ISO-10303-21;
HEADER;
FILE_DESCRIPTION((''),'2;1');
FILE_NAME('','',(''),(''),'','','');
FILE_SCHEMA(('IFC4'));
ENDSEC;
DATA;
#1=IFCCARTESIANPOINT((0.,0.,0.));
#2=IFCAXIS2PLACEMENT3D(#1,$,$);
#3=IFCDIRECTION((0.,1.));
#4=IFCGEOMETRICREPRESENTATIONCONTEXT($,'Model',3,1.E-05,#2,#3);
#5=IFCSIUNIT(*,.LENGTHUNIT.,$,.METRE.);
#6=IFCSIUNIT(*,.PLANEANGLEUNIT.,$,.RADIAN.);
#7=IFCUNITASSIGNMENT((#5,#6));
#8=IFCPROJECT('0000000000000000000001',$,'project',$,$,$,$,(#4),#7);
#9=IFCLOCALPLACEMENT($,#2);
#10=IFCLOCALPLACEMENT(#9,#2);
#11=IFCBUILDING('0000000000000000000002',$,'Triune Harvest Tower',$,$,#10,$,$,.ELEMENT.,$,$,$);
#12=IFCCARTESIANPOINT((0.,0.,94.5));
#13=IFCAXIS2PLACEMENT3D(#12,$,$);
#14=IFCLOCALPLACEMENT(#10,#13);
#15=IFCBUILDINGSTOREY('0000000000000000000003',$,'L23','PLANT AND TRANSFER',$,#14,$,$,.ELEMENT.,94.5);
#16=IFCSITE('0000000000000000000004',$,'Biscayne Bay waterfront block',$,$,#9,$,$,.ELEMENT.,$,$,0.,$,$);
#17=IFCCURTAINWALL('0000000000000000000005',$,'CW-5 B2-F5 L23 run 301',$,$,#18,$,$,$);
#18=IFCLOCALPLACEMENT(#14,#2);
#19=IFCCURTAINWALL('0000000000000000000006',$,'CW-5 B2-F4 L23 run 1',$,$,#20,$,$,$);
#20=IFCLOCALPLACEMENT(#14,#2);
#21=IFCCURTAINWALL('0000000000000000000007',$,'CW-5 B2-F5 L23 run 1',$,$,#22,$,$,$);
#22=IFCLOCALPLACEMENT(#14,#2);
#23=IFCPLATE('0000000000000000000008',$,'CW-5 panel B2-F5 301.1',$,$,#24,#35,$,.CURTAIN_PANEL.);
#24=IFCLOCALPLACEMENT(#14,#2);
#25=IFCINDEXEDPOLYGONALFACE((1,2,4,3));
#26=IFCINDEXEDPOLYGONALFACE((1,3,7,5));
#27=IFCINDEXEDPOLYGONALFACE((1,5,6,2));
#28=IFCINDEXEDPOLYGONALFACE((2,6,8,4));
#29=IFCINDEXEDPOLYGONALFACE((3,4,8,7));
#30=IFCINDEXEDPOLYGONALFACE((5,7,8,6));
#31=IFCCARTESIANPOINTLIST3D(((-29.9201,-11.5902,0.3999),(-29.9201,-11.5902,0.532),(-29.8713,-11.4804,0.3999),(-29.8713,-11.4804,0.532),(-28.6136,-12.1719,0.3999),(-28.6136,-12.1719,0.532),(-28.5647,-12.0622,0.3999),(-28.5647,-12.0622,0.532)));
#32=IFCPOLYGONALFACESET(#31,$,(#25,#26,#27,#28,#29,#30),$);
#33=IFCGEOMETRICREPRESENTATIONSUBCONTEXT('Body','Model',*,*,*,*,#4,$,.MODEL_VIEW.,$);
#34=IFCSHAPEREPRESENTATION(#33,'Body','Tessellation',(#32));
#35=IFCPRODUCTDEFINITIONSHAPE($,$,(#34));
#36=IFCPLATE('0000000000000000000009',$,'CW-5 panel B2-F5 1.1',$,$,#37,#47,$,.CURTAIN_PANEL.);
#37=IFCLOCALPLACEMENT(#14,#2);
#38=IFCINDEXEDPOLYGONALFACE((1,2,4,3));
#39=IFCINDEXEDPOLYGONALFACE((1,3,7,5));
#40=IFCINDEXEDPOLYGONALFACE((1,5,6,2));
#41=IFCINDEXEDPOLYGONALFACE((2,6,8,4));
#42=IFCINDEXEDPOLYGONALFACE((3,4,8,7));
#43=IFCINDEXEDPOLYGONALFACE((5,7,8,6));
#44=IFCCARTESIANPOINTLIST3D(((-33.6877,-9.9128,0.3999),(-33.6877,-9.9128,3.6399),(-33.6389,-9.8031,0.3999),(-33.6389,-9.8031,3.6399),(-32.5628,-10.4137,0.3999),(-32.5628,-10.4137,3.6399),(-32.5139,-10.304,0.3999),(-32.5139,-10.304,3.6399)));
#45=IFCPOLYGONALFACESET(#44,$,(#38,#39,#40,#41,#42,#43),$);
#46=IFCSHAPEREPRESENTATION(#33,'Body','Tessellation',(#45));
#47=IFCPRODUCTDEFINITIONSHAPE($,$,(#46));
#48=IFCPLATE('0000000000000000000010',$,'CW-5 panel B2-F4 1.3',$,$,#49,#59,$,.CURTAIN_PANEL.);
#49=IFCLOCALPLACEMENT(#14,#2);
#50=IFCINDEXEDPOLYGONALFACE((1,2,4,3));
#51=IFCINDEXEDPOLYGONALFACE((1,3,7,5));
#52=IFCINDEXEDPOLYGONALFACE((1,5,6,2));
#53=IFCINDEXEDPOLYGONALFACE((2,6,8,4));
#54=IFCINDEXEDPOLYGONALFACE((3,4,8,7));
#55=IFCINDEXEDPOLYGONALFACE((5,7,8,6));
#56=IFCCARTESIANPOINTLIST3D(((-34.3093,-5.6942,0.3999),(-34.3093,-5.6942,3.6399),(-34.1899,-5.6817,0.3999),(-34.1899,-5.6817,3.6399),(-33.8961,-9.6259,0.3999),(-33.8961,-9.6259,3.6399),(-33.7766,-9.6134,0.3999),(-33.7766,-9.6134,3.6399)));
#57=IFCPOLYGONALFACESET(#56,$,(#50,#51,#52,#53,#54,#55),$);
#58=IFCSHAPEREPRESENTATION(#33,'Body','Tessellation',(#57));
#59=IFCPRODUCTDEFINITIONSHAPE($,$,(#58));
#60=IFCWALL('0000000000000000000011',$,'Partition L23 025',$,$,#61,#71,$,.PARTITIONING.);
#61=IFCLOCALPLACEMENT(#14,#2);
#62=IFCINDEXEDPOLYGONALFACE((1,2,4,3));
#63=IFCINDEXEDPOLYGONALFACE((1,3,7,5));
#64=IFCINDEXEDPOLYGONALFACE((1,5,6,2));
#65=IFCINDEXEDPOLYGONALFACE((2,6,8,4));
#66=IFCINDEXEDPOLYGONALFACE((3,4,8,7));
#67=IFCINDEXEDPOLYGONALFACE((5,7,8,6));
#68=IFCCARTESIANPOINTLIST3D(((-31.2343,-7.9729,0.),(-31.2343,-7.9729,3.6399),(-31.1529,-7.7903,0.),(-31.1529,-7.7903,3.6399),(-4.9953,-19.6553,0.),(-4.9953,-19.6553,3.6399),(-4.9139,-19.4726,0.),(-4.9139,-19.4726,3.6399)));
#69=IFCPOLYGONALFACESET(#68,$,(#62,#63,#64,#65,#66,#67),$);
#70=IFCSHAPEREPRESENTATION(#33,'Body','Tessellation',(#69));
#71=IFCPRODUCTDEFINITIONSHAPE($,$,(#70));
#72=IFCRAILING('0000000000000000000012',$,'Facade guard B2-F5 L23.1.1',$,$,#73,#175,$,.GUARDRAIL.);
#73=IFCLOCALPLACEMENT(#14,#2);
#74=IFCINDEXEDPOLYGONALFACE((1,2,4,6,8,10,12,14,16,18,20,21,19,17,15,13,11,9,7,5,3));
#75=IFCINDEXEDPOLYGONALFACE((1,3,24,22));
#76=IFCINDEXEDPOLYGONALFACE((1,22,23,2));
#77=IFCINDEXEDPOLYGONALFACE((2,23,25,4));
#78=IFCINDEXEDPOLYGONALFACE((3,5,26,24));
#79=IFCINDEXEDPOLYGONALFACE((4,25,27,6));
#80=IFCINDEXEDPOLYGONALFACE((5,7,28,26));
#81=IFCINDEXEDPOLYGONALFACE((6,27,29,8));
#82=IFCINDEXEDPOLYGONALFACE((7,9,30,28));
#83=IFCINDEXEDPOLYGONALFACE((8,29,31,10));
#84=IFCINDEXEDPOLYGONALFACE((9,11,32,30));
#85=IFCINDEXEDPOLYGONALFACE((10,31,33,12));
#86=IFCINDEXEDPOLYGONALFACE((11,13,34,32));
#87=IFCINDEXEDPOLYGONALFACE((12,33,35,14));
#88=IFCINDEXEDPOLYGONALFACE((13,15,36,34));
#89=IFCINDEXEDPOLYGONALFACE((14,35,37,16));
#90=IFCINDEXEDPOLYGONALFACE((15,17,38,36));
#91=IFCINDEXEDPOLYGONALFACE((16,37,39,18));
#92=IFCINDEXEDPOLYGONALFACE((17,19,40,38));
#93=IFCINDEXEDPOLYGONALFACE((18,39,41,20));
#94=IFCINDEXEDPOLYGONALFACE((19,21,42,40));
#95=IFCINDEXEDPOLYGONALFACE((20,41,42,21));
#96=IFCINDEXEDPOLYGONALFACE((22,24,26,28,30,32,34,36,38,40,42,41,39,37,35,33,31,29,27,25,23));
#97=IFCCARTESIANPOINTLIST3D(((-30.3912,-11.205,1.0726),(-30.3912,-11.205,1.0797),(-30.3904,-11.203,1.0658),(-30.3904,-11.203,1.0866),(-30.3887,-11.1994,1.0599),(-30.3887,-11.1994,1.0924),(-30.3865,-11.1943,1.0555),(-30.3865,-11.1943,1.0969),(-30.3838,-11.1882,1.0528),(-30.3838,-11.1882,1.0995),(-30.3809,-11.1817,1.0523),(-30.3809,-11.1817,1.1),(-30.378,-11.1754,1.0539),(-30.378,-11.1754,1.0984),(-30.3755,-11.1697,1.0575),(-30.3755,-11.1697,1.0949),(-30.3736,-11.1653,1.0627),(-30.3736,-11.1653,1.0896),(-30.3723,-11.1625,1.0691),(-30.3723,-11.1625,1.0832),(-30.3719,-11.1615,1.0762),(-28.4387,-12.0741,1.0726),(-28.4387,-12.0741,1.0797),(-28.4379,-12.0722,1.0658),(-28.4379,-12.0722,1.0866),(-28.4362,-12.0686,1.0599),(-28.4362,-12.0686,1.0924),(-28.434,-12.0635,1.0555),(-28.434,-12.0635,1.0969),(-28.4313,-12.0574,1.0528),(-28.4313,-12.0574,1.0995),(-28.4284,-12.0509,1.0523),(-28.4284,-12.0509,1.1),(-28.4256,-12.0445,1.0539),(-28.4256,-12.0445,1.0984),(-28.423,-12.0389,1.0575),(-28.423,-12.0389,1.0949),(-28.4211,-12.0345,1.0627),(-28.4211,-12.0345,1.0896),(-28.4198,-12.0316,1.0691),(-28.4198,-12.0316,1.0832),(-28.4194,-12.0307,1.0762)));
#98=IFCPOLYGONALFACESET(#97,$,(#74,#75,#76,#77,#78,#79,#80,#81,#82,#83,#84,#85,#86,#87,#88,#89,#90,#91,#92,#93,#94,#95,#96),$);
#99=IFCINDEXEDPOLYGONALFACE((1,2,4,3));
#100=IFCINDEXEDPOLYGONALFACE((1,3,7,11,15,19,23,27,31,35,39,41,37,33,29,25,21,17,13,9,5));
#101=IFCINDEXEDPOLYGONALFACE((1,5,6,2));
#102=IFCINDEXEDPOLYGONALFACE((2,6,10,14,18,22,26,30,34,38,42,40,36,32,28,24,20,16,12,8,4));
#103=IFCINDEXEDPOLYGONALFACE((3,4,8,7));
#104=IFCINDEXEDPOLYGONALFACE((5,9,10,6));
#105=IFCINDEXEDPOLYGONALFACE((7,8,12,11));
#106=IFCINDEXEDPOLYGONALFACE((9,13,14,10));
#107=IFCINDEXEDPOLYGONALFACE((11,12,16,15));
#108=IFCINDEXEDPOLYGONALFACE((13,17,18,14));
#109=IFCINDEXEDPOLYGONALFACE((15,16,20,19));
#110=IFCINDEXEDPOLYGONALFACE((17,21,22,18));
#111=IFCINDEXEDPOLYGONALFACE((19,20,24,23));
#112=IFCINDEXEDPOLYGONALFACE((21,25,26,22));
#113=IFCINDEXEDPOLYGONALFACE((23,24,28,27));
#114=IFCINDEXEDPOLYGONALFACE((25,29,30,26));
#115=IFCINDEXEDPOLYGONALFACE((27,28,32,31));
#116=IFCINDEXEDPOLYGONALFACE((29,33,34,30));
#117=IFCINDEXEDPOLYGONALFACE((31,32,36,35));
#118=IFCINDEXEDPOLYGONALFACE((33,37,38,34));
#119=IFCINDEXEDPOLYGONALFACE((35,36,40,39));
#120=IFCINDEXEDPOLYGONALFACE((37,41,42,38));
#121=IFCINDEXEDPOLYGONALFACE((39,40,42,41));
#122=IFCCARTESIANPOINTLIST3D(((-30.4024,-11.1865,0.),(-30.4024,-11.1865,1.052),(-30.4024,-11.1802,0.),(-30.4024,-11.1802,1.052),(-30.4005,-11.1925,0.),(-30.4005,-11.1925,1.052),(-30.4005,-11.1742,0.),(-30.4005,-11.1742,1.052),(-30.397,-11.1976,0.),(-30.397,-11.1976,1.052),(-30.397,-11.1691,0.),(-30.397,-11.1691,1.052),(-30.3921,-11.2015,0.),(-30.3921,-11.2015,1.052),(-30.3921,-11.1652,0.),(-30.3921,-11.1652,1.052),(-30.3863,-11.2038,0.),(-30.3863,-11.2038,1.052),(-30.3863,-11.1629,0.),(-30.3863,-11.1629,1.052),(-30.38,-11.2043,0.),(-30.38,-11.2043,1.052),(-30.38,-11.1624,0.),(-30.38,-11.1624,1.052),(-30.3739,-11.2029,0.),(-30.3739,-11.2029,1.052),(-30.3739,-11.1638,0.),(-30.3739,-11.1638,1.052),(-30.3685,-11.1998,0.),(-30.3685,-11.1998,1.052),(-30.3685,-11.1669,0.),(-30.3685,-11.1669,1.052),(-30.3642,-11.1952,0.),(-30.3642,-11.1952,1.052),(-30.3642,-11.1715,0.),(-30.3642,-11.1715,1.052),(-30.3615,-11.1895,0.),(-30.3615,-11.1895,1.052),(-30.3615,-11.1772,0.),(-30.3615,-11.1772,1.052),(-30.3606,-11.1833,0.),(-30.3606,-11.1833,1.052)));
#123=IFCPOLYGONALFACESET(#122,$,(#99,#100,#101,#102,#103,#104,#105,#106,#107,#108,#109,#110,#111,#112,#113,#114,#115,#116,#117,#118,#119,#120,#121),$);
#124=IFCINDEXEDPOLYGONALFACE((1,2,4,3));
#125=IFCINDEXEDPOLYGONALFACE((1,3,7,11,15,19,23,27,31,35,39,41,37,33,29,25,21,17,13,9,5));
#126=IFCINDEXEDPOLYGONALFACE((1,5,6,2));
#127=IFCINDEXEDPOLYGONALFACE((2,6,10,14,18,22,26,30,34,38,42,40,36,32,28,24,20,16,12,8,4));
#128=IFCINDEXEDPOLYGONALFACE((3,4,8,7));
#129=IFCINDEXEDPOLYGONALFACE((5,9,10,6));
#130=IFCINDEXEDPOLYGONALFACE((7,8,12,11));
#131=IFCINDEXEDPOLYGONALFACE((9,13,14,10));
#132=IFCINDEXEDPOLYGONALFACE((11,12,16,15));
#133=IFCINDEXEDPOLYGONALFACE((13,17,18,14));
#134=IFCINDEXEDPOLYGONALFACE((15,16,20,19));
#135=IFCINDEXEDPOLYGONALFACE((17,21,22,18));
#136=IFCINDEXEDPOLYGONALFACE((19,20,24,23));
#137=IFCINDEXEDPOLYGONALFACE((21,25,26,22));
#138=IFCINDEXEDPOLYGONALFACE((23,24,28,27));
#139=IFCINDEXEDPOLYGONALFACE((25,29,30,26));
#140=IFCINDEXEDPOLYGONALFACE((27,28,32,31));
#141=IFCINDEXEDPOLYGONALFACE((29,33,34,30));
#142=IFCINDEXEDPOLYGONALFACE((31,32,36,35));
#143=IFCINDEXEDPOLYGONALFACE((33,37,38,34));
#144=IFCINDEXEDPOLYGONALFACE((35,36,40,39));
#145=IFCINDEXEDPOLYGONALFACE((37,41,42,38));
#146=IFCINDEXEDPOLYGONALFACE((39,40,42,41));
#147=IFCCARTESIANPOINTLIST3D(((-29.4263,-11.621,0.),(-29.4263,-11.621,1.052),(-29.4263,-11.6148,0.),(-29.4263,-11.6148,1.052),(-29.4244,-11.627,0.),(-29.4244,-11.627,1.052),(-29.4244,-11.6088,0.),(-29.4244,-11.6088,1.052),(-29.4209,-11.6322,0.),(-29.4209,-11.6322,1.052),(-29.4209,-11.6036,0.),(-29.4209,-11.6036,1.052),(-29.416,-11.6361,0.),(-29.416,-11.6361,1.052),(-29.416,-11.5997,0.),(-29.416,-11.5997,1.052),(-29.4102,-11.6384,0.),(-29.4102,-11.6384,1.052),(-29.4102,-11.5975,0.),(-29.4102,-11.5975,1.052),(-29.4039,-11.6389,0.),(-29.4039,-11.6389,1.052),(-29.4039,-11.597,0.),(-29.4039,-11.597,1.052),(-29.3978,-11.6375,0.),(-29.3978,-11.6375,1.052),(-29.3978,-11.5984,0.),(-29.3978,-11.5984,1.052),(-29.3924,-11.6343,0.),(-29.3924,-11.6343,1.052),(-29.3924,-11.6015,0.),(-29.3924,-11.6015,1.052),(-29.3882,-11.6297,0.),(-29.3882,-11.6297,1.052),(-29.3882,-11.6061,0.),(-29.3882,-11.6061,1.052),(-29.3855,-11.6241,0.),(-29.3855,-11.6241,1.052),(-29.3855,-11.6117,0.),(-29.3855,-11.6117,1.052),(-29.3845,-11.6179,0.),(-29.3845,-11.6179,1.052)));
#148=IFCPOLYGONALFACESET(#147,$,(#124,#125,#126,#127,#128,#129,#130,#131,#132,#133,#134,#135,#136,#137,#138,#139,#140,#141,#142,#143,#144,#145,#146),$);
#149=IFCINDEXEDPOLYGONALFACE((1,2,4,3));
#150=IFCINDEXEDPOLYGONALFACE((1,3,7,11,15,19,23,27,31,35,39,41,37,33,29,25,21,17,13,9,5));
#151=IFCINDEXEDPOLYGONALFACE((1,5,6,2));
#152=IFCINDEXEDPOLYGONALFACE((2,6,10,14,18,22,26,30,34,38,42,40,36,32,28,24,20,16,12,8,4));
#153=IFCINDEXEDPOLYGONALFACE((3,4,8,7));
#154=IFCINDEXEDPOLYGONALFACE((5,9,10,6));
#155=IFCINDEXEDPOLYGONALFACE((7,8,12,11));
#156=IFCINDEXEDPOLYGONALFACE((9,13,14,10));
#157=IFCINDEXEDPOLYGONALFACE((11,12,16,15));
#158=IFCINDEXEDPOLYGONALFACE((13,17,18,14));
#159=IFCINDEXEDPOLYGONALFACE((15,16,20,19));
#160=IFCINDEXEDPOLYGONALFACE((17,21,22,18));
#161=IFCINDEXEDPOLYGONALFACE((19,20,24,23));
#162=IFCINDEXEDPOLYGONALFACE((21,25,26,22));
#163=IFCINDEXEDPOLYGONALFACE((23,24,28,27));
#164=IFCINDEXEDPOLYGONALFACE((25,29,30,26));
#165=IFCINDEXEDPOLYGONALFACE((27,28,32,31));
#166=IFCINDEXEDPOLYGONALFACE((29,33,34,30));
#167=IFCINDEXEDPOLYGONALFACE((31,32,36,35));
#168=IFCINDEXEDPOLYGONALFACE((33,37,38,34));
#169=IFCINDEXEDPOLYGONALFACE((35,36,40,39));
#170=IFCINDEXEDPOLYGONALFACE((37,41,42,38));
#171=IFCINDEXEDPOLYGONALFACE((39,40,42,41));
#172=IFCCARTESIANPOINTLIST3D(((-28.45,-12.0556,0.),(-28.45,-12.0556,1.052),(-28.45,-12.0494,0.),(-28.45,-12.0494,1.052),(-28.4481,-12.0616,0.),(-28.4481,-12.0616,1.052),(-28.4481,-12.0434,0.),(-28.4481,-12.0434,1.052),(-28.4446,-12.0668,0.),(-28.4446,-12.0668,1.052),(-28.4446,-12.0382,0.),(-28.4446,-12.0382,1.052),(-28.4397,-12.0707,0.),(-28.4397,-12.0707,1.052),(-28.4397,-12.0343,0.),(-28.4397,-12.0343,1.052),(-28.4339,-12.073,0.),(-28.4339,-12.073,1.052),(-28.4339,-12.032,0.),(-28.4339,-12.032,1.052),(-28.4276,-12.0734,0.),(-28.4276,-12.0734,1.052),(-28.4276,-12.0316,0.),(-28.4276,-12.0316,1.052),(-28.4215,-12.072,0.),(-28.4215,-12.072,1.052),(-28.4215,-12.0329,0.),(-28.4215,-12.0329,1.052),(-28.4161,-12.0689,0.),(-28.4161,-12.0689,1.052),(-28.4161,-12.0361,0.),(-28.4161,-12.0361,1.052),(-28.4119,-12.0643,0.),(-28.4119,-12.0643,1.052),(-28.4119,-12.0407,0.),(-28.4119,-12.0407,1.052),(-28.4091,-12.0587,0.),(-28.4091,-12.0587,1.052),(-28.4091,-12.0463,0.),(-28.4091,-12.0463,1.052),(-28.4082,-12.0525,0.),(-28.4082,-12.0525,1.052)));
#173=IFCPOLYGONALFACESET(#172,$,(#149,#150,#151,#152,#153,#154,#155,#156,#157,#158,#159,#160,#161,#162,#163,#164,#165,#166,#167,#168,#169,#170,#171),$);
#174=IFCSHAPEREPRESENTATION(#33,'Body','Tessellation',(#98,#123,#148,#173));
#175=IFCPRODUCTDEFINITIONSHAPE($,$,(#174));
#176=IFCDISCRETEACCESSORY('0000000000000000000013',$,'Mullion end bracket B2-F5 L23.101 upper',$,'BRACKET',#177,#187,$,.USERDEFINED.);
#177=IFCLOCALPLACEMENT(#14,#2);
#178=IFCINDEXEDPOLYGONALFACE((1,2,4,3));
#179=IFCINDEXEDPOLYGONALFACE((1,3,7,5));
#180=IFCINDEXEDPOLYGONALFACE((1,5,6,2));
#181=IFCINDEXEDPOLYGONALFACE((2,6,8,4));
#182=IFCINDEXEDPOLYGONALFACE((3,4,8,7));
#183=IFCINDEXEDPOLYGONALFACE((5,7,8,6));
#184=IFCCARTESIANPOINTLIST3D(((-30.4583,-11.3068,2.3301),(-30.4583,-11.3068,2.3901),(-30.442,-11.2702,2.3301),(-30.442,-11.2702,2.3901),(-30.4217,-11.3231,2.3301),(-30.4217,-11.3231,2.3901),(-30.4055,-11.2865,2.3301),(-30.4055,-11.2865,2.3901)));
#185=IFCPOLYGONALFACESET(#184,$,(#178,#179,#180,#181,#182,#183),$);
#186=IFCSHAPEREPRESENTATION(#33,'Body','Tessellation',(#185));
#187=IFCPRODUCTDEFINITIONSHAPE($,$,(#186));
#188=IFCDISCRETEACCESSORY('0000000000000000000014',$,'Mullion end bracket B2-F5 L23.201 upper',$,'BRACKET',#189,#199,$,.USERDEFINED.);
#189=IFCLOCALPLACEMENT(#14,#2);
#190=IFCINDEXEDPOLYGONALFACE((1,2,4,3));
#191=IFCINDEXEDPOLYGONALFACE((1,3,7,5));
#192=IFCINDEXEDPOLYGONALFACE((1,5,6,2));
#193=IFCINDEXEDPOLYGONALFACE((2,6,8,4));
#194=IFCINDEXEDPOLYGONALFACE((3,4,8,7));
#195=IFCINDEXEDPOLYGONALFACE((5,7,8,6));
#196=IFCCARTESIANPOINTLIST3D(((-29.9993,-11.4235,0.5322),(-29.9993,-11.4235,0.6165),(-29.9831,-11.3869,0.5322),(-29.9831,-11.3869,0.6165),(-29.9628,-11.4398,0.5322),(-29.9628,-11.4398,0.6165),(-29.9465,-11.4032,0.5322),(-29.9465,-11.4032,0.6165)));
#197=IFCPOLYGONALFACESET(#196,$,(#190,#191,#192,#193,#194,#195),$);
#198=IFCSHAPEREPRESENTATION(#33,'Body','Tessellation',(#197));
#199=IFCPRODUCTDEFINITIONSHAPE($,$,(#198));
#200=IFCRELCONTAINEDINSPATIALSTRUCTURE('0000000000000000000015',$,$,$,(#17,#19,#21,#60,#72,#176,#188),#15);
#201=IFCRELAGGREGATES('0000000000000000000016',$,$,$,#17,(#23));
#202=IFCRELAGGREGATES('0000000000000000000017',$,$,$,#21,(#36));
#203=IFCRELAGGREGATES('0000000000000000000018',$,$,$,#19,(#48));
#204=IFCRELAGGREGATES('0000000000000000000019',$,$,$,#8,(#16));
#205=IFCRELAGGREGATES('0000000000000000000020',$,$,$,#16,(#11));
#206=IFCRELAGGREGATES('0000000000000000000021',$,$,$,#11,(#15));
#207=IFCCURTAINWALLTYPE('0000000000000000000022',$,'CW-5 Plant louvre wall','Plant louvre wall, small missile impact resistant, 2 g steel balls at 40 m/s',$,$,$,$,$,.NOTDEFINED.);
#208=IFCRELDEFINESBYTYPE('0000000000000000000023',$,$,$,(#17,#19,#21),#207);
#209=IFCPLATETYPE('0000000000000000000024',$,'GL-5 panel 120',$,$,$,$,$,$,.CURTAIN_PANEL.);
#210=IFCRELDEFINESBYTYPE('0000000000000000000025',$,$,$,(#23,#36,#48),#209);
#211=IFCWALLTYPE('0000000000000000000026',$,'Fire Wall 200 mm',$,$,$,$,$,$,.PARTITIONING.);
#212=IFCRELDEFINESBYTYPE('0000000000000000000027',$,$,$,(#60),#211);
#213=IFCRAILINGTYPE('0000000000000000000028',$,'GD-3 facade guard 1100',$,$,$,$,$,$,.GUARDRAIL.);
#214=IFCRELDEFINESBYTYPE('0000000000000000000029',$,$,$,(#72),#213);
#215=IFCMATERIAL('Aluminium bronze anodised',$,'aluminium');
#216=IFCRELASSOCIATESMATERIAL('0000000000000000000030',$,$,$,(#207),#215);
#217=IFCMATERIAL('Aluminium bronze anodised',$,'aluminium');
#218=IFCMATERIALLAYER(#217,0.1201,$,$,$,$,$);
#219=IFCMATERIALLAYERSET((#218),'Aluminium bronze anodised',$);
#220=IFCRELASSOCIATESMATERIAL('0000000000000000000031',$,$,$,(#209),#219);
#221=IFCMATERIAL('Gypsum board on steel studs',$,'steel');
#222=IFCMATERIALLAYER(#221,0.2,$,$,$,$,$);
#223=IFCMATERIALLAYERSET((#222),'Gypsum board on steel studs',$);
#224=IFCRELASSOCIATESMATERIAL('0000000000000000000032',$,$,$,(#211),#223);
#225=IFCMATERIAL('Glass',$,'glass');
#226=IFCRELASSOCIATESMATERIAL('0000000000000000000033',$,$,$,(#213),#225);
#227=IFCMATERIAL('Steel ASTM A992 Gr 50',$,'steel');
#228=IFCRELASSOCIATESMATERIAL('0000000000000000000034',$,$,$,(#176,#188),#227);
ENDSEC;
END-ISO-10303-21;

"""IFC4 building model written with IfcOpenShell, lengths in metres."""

from ifc_helpers import new_model, si_unit, direction, frame, frame_2d, origin, origin_2d, place, context, subcontext, project, spatial, rectangle, circle, extrude, source, transform, mapped, material, layer, layer_set, type_object, element, aggregate, save


model = new_model("IFC4")

# Units and contexts
model_context = context("Model", 3, precision=1e-05, world=origin(), true_north=direction((0.0, 1.0)))
body_context = subcontext(model_context, "Body", "Model", "MODEL_VIEW")
ifc_project = project(units=[si_unit("LENGTHUNIT", "METRE"), si_unit("PLANEANGLEUNIT", "RADIAN")], contexts=[model_context])

# Site, building, storey
site_placement = place(None, origin())
site = spatial("IfcSite", under=ifc_project, at=site_placement, Name="Biscayne Bay waterfront block", CompositionType="ELEMENT", RefElevation=0.0)
building_placement = place(site_placement, origin())
building = spatial("IfcBuilding", under=site, at=building_placement, Name="Triune Harvest Tower", CompositionType="ELEMENT")
storey_placement = place(building_placement, frame((0.0, 0.0, 94.5)))
storey = spatial("IfcBuildingStorey", under=building, at=storey_placement, Name="L23", Description="PLANT AND TRANSFER", CompositionType="ELEMENT", Elevation=94.5)

# Curtain wall
ifc_material_1 = material(Name="Aluminium bronze anodised", Category="aluminium")
curtain_wall_type = type_object("IfcCurtainWallType", Name="CW-5 Plant louvre wall", Description="Plant louvre wall, small missile impact resistant, 2 g steel balls at 40 m/s", PredefinedType="NOTDEFINED", material=ifc_material_1)
curtain_wall_1_placement = place(storey_placement, origin())
curtain_wall_1 = element("IfcCurtainWall", 1, at=curtain_wall_1_placement, inside=storey, type_object=curtain_wall_type, Name="CW-5 B2-F5 L23 run 301")

# Curtain walls
curtain_wall_2_placement = place(storey_placement, origin())
curtain_wall_2 = element("IfcCurtainWall", 2, at=curtain_wall_2_placement, inside=storey, type_object=curtain_wall_type, Name="CW-5 B2-F4 L23 run 1")
curtain_wall_3_placement = place(storey_placement, origin())
curtain_wall_3 = element("IfcCurtainWall", 3, at=curtain_wall_3_placement, inside=storey, type_object=curtain_wall_type, Name="CW-5 B2-F5 L23 run 1")

# Plates
ifc_material_2 = material(Name="Aluminium bronze anodised", Category="aluminium")
ifc_layer_1 = layer(ifc_material_2, 0.1201)
ifc_layer_set_1 = layer_set([ifc_layer_1], Name="Aluminium bronze anodised")
plate_type = type_object("IfcPlateType", Name="GL-5 panel 120", PredefinedType="CURTAIN_PANEL", material=ifc_layer_set_1)
plate_1_placement = place(storey_placement, frame((-29.2424, -11.8262, 0.3999), z_axis=(0.0, 0.0, 1.0), x_axis=(0.913542, -0.406745, 0.0)))
plate_1 = element("IfcPlate", 4, at=plate_1_placement, type_object=plate_type, Name="CW-5 panel B2-F5 301.1", PredefinedType="CURTAIN_PANEL", context=body_context, shape_type="SweptSolid", body=[
    extrude(rectangle(XDim=1.4302, YDim=0.1201, at=origin_2d()), origin(), (0.0, 0.0, 1.0), 0.1321),
])
aggregate(curtain_wall_1, [plate_1])
shared_shape_1 = source(origin(), body_context, "Body", "SweptSolid", [
    extrude(rectangle(XDim=1.2314, YDim=0.1201, at=origin_2d()), origin(), (0.0, 0.0, 1.0), 3.24),
])
plate_2_placement = place(storey_placement, frame((-33.1008, -10.1084, 0.3999), z_axis=(0.0, 0.0, 1.0), x_axis=(0.913539, -0.406752, 0.0)))
plate_2 = element("IfcPlate", 5, at=plate_2_placement, type_object=plate_type, Name="CW-5 panel B2-F5 1.1", PredefinedType="CURTAIN_PANEL", context=body_context, shape_type="MappedRepresentation", body=[
    mapped(shared_shape_1, transform((0.0, 0.0, 0.0), scale=1.0)),
])
aggregate(curtain_wall_3, [plate_2])
shared_shape_2 = source(origin(), body_context, "Body", "SweptSolid", [
    extrude(rectangle(XDim=3.9534, YDim=0.1201, at=origin_2d()), origin(), (0.0, 0.0, 1.0), 3.24),
])
plate_3_placement = place(storey_placement, frame((-34.043, -7.6538, 0.3999), z_axis=(0.0, 0.0, 1.0), x_axis=(0.104529, -0.994522, 0.0)))
plate_3 = element("IfcPlate", 6, at=plate_3_placement, type_object=plate_type, Name="CW-5 panel B2-F4 1.3", PredefinedType="CURTAIN_PANEL", context=body_context, shape_type="MappedRepresentation", body=[
    mapped(shared_shape_2, transform((0.0, 0.0, 0.0), scale=1.0)),
])
aggregate(curtain_wall_2, [plate_3])

# Wall
ifc_material_3 = material(Name="Gypsum board on steel studs", Category="steel")
ifc_layer_2 = layer(ifc_material_3, 0.2)
ifc_layer_set_2 = layer_set([ifc_layer_2], Name="Gypsum board on steel studs")
wall_type = type_object("IfcWallType", Name="Fire Wall 200 mm", PredefinedType="PARTITIONING", material=ifc_layer_set_2)
wall_placement = place(storey_placement, frame((-31.1936, -7.8816, 0.0), z_axis=(0.0, 0.0, 1.0), x_axis=(0.913545, -0.406737, 0.0)))
element("IfcWall", 7, at=wall_placement, inside=storey, type_object=wall_type, Name="Partition L23 025", PredefinedType="PARTITIONING", context=body_context, shape_type="SweptSolid", body=[
    extrude(rectangle(XDim=28.7222, YDim=0.2, at=frame_2d((14.3611, 0.0))), origin(), (0.0, 0.0, 1.0), 3.6399),
])

# Railing
ifc_material_4 = material(Name="Glass", Category="glass")
railing_type = type_object("IfcRailingType", Name="GD-3 facade guard 1100", PredefinedType="GUARDRAIL", material=ifc_material_4)
railing_placement = place(storey_placement, frame((-30.3816, -11.1833, 0.0)))
element("IfcRailing", 8, at=railing_placement, inside=storey, type_object=railing_type, Name="Facade guard B2-F5 L23.1.1", PredefinedType="GUARDRAIL", context=body_context, shape_type="SweptSolid", body=[
    extrude(circle(Radius=0.0239, at=origin_2d()), frame((0.0, 0.0, 1.0762), z_axis=(0.913566, -0.40669, 0.0), x_axis=(0.40669, 0.913566, 0.0)), (0.0, 0.0, 1.0), 2.1372),
    extrude(circle(Radius=0.021, at=origin_2d()), origin(), (0.0, 0.0, 1.0), 1.052),
    extrude(circle(Radius=0.021, at=origin_2d()), frame((0.9761, -0.4346, 0.0)), (0.0, 0.0, 1.0), 1.052),
    extrude(circle(Radius=0.021, at=origin_2d()), frame((1.9524, -0.8691, 0.0)), (0.0, 0.0, 1.0), 1.052),
])

# Discrete accessories
ifc_material_5 = material(Name="Steel ASTM A992 Gr 50", Category="steel")
shared_shape_3 = source(origin(), body_context, "Body", "SweptSolid", [
    extrude(rectangle(XDim=0.04, YDim=0.04, at=origin_2d()), origin(), (0.0, 0.0, 1.0), 0.0601),
])
discrete_accessory_placement = place(storey_placement, frame((-30.4319, -11.2966, 2.3301), z_axis=(0.0, 0.0, 1.0), x_axis=(0.913544, -0.40674, 0.0)))
element("IfcDiscreteAccessory", 9, at=discrete_accessory_placement, inside=storey, material=ifc_material_5, Name="Mullion end bracket B2-F5 L23.101 upper", ObjectType="BRACKET", PredefinedType="USERDEFINED", context=body_context, shape_type="MappedRepresentation", body=[
    mapped(shared_shape_3, transform((0.0, 0.0, 0.0), scale=1.0)),
])
shared_shape_4 = source(origin(), body_context, "Body", "SweptSolid", [
    extrude(rectangle(XDim=0.04, YDim=0.04, at=origin_2d()), origin(), (0.0, 0.0, 1.0), 0.0842),
])
for number, where, z_axis, x_axis, name in (
    (10, (-29.9729, -11.4133, 0.5322), (0.0, 0.0, 1.0), (0.913609, -0.406595, 0.0), "Mullion end bracket B2-F5 L23.201 upper"),
):
    element("IfcDiscreteAccessory", number, at=place(storey_placement, frame(where, z_axis=z_axis, x_axis=x_axis)), inside=storey, material=ifc_material_5, Name=name, ObjectType="BRACKET", PredefinedType="USERDEFINED", context=body_context, shape_type="MappedRepresentation", body=[
        mapped(shared_shape_4, transform((0.0, 0.0, 0.0), scale=1.0)),
    ])

save(model, "model.ifc")
